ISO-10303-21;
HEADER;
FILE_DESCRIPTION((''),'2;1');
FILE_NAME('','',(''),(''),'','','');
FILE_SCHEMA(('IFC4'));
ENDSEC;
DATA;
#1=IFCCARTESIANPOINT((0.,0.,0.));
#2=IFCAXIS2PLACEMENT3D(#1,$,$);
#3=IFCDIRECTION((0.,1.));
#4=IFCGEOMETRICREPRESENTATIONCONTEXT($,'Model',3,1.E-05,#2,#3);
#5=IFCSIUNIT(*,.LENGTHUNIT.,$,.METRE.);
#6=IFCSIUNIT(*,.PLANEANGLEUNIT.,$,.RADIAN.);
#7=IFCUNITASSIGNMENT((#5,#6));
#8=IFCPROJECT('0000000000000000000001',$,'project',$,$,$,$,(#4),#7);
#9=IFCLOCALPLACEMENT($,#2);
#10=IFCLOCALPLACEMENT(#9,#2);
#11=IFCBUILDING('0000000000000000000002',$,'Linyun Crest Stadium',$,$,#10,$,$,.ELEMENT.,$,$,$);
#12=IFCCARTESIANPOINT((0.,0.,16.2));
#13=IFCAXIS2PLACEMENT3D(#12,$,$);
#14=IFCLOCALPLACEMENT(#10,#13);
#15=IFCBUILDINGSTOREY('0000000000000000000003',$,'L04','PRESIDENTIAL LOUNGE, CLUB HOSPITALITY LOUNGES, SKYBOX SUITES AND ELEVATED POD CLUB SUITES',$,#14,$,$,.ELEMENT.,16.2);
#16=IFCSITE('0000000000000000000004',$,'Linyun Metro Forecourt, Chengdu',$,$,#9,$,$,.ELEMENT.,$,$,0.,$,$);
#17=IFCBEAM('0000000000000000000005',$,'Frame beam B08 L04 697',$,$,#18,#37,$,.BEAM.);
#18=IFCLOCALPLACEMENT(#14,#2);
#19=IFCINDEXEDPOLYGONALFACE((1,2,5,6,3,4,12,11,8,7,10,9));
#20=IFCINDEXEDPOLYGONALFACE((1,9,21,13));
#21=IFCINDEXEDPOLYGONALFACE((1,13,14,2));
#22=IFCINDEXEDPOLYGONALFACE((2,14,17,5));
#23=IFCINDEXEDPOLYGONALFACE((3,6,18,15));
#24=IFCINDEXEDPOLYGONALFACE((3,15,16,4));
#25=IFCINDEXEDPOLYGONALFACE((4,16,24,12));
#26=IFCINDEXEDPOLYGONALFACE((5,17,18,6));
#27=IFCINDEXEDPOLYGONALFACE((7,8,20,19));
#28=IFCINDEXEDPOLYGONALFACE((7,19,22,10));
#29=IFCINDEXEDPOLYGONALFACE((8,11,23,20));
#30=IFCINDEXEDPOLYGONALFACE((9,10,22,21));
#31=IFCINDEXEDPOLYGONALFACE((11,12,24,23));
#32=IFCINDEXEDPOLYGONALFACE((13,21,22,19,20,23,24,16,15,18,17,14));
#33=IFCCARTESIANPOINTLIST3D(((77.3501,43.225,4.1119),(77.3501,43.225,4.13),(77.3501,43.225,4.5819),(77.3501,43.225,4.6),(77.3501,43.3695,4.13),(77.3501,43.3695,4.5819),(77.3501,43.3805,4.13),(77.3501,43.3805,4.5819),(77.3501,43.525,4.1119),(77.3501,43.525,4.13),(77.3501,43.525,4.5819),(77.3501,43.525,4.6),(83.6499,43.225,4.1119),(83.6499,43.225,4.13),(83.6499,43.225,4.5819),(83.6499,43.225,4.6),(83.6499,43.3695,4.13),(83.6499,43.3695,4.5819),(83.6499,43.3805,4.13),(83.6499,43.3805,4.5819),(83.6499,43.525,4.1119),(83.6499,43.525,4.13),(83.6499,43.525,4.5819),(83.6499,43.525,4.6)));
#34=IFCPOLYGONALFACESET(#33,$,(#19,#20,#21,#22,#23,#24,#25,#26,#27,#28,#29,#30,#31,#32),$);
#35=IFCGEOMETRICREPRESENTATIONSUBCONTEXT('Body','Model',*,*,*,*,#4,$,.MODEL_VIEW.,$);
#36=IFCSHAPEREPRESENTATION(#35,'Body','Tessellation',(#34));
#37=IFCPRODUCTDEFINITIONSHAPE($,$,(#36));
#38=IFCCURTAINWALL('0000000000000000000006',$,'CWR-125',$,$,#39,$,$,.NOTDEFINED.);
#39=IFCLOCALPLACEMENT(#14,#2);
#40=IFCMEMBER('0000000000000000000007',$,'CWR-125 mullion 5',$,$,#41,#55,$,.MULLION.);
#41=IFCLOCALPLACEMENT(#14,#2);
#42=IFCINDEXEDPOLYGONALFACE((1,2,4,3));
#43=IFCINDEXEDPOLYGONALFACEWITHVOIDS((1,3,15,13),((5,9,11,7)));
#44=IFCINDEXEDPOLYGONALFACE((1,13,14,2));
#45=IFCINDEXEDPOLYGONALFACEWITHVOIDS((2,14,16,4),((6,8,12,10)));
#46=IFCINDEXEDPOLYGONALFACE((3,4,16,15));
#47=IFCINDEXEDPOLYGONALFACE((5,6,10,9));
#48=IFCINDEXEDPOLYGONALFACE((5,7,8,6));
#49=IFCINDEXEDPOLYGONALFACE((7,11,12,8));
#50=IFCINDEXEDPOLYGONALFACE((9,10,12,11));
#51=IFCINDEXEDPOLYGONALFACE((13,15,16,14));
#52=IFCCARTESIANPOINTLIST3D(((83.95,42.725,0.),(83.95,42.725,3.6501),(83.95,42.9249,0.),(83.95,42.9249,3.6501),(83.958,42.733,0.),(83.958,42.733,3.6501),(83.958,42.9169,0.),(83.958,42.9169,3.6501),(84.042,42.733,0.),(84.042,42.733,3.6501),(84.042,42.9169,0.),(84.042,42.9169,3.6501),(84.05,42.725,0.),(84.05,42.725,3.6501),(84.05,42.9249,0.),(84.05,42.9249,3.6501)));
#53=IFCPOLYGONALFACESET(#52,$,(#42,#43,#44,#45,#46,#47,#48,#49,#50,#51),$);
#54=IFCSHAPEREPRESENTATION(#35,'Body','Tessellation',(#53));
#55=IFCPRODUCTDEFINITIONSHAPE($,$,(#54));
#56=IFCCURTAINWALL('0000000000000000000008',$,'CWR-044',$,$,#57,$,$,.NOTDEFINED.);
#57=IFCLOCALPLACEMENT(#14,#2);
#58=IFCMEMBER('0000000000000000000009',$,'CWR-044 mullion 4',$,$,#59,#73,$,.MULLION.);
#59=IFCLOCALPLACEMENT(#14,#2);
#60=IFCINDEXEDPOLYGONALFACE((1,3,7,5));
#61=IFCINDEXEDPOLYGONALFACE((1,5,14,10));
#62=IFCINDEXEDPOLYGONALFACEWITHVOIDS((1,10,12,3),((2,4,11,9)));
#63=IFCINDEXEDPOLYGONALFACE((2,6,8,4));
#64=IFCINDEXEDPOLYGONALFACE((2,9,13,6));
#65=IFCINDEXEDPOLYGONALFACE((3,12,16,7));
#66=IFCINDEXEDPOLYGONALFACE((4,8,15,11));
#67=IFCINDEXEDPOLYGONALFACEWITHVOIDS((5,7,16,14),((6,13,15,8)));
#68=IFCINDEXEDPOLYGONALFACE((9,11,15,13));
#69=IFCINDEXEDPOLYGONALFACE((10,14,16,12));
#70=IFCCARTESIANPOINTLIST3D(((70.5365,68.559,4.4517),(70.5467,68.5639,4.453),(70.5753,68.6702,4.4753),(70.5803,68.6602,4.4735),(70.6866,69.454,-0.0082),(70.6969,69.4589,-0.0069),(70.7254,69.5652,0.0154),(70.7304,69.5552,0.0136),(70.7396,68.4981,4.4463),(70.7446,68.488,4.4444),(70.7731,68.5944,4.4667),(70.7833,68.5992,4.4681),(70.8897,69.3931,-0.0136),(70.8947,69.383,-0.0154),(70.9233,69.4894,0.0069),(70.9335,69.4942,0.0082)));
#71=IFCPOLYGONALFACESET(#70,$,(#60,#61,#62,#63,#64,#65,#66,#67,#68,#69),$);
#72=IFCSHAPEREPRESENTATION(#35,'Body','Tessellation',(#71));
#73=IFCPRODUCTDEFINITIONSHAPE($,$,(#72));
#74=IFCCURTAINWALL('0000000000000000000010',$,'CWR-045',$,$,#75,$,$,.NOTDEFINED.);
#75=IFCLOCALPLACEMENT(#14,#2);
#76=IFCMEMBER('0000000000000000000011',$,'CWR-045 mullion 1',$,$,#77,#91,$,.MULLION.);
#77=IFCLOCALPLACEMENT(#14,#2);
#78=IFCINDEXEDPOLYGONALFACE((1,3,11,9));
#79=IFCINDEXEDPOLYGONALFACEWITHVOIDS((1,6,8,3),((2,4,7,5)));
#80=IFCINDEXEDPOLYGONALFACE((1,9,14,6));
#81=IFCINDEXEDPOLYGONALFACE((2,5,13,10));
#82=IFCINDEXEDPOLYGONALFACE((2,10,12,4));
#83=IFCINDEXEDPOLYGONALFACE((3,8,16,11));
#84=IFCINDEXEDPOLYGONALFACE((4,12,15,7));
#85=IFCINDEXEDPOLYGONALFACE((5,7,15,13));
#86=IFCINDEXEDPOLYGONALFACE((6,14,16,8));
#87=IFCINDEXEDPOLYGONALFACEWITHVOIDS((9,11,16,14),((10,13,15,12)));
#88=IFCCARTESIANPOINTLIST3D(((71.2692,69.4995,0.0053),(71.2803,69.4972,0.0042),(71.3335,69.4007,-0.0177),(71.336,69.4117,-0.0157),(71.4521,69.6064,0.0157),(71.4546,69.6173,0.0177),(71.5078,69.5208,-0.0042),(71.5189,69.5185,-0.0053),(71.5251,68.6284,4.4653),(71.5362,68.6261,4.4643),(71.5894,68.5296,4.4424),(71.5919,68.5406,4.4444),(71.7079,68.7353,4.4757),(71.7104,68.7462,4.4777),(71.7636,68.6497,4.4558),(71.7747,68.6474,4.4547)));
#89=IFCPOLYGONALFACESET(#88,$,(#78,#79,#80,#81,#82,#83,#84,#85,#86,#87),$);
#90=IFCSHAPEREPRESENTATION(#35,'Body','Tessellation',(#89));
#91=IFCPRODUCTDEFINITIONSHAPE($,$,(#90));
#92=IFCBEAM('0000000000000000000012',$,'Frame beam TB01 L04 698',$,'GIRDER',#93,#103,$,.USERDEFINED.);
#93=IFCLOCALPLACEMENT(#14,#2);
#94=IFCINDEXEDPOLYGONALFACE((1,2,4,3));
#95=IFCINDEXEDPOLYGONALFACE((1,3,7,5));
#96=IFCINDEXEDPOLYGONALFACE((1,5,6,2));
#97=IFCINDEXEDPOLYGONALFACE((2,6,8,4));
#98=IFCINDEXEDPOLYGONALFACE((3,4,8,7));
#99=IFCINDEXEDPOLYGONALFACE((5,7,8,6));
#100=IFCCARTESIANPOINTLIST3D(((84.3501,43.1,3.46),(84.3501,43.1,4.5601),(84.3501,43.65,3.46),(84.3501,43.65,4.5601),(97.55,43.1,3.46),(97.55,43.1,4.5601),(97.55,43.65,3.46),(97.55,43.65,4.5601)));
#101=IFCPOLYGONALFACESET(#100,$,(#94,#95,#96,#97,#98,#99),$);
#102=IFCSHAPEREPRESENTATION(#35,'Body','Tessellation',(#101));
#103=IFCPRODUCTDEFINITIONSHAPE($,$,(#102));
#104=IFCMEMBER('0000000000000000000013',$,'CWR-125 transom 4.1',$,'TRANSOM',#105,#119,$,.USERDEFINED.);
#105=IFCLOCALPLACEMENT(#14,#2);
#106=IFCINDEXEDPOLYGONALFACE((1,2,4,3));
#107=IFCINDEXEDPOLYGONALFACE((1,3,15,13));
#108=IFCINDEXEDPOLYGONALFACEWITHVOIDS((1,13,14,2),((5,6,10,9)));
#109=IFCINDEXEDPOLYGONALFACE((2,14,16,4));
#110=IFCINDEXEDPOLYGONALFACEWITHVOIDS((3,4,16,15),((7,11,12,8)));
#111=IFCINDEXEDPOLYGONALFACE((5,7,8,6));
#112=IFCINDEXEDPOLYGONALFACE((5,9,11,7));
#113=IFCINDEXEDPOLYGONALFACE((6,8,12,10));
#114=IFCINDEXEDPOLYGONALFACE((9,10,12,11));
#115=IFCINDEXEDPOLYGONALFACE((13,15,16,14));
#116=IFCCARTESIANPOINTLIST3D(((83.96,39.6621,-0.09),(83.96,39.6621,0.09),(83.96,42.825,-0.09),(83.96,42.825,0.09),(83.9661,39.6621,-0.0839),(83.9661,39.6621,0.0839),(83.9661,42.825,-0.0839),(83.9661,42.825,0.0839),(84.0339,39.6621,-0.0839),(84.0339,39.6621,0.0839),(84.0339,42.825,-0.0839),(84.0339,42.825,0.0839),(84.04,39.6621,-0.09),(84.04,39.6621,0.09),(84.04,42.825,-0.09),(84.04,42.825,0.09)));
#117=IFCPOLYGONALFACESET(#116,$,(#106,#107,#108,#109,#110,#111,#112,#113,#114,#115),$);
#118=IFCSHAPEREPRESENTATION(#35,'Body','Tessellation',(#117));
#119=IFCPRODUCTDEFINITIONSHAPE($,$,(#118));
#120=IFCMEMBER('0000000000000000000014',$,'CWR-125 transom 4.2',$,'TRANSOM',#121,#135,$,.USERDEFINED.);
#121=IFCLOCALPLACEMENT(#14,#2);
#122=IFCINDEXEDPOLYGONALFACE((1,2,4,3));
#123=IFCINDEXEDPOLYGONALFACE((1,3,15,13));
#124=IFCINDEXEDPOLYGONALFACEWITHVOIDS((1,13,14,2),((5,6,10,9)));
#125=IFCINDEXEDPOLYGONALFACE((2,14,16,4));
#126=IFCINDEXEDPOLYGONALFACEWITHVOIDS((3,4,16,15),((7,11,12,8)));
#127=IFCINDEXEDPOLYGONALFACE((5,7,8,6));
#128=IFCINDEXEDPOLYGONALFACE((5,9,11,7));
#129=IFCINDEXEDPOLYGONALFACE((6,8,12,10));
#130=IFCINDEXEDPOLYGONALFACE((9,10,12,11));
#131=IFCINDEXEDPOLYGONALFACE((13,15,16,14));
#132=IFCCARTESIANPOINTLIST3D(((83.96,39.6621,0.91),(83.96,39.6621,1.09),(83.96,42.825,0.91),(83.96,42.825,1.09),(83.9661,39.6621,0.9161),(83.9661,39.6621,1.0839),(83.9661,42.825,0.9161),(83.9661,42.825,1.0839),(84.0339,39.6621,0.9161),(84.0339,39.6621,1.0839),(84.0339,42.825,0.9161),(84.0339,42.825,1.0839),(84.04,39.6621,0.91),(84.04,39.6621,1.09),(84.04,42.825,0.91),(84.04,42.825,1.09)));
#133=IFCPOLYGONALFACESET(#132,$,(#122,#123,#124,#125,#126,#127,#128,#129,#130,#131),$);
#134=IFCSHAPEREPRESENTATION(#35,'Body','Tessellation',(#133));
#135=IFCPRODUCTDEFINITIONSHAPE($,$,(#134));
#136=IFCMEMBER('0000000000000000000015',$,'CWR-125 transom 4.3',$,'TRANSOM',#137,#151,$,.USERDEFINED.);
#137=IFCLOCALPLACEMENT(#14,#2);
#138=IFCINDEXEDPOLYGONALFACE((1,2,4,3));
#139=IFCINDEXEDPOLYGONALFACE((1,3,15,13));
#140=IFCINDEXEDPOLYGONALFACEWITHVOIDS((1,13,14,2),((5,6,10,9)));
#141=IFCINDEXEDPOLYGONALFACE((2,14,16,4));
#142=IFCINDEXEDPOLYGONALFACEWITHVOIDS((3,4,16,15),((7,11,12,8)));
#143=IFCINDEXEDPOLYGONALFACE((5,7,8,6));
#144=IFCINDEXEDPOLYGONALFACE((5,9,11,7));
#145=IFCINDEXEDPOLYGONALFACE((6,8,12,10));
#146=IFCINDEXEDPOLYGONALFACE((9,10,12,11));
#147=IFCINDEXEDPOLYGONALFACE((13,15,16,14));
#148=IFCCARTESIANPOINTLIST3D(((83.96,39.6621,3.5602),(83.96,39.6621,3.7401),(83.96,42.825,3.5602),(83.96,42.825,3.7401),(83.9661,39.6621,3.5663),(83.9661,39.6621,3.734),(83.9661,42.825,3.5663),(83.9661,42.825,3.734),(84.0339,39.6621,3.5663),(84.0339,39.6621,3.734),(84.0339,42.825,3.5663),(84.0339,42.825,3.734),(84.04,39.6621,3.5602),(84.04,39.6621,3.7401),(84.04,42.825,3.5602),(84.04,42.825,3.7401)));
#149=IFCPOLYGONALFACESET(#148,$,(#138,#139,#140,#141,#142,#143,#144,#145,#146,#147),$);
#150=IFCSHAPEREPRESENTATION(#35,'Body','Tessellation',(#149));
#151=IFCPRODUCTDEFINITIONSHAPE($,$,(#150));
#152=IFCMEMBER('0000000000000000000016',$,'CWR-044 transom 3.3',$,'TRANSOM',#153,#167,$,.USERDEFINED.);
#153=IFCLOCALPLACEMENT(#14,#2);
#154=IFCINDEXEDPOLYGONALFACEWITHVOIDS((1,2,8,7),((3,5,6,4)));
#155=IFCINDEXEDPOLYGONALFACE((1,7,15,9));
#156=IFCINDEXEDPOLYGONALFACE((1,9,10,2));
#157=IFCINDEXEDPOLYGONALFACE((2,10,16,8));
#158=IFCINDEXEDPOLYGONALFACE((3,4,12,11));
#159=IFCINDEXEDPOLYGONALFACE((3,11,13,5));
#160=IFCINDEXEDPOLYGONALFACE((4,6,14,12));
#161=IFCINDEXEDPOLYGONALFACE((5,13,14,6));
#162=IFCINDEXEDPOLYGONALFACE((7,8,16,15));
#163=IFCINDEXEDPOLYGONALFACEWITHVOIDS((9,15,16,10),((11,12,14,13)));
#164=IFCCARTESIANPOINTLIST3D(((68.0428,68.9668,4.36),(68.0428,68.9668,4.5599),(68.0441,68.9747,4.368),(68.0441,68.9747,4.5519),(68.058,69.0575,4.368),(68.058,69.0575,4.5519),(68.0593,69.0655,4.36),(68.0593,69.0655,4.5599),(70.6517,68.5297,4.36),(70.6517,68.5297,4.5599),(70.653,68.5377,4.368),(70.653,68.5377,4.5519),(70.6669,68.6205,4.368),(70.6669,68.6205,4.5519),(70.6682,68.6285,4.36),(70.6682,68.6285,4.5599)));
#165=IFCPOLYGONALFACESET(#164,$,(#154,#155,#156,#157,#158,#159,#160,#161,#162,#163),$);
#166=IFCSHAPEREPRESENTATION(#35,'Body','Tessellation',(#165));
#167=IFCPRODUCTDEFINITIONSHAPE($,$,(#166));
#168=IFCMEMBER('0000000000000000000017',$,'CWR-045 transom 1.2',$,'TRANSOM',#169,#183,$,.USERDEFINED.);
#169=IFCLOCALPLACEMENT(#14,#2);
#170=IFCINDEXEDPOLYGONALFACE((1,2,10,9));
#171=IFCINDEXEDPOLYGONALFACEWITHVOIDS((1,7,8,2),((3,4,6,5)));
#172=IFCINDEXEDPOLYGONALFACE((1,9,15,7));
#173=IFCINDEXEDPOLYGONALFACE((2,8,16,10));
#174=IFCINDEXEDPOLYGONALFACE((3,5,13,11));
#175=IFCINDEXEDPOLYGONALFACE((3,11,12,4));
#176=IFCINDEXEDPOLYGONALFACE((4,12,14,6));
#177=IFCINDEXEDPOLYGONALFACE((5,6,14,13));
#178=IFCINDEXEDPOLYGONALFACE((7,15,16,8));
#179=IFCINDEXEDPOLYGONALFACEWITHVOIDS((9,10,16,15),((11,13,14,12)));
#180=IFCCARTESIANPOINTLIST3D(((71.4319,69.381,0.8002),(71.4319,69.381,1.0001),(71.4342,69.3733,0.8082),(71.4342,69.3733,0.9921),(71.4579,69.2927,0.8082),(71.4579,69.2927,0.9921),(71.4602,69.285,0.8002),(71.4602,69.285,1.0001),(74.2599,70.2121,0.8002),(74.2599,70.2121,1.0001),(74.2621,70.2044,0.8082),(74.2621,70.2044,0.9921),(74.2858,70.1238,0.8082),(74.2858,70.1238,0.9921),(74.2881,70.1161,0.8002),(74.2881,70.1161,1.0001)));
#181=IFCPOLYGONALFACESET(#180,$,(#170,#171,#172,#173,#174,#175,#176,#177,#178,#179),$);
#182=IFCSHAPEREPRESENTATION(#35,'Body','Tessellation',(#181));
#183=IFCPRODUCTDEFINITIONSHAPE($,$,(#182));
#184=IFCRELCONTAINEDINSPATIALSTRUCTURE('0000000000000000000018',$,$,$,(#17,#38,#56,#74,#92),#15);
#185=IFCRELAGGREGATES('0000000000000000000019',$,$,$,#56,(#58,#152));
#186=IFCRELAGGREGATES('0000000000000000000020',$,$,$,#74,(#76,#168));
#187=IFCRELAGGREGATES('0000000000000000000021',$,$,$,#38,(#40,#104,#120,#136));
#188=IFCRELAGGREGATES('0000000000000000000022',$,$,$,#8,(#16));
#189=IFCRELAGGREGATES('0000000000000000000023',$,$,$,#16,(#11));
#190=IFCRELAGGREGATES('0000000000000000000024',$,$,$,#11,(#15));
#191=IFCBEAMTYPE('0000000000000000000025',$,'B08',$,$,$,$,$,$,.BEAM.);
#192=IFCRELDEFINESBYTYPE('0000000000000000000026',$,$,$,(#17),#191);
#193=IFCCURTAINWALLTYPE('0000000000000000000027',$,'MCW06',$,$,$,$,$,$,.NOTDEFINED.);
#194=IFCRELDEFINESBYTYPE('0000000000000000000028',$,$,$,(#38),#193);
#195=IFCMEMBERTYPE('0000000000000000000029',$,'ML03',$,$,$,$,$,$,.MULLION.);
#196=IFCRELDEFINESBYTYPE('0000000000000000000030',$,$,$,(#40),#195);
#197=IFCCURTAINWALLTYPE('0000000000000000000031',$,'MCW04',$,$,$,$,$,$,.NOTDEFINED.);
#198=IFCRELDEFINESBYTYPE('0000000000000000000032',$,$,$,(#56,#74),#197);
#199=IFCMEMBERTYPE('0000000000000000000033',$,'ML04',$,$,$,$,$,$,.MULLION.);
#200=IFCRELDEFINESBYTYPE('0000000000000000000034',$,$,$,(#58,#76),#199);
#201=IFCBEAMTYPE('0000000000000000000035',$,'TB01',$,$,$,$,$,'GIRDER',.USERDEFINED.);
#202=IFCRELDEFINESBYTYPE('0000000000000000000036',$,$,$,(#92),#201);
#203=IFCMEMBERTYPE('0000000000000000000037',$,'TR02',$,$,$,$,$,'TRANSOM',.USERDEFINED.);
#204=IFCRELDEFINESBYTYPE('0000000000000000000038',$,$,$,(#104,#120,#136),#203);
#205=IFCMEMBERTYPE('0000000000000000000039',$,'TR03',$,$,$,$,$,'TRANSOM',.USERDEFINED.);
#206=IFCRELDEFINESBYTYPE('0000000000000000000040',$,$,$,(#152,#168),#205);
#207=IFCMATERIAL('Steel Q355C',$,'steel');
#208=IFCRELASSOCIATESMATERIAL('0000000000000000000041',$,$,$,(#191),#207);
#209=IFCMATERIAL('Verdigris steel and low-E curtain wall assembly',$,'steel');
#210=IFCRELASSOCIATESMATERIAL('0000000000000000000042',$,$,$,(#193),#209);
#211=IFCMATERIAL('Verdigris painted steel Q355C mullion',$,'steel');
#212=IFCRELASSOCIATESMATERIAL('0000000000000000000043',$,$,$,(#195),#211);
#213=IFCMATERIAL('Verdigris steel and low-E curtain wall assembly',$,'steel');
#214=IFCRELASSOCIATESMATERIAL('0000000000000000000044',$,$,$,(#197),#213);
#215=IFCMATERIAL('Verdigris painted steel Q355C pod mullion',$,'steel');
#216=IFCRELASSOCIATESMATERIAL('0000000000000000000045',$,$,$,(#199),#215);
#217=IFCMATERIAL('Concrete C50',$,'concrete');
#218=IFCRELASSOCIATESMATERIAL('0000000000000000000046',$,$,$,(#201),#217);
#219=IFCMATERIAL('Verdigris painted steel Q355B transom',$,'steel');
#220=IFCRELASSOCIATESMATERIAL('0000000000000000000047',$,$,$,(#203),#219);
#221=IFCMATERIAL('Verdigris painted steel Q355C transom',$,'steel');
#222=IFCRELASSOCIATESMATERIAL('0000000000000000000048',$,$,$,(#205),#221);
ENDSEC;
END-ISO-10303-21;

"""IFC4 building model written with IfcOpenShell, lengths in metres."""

from ifc_helpers import new_model, si_unit, direction, frame, origin, origin_2d, place, context, subcontext, project, spatial, rectangle, hollow_rectangle, i_section, extrude, material, material_profile, profile_set, type_object, element, aggregate, save


model = new_model("IFC4")

# Units and contexts
model_context = context("Model", 3, precision=1e-05, world=origin(), true_north=direction((0.0, 1.0)))
body_context = subcontext(model_context, "Body", "Model", "MODEL_VIEW")
ifc_project = project(units=[si_unit("LENGTHUNIT", "METRE"), si_unit("PLANEANGLEUNIT", "RADIAN")], contexts=[model_context])

# Site, building, storey
site_placement = place(None, origin())
site = spatial("IfcSite", under=ifc_project, at=site_placement, Name="Linyun Metro Forecourt, Chengdu", CompositionType="ELEMENT", RefElevation=0.0)
building_placement = place(site_placement, origin())
building = spatial("IfcBuilding", under=site, at=building_placement, Name="Linyun Crest Stadium", CompositionType="ELEMENT")
storey_placement = place(building_placement, frame((0.0, 0.0, 16.2)))
storey = spatial("IfcBuildingStorey", under=building, at=storey_placement, Name="L04", Description="PRESIDENTIAL LOUNGE, CLUB HOSPITALITY LOUNGES, SKYBOX SUITES AND ELEVATED POD CLUB SUITES", CompositionType="ELEMENT", Elevation=16.2)

# Beam
ifc_material_1 = material(Name="Steel Q355C", Category="steel")
ifc_material_profile_1 = material_profile(ifc_material_1, i_section(OverallWidth=0.3, OverallDepth=0.488, WebThickness=0.011, FlangeThickness=0.0181, at=origin_2d()), Name="HM 488x300")
ifc_profile_set_1 = profile_set([ifc_material_profile_1], Name="Steel Q355C")
beam_type_1 = type_object("IfcBeamType", Name="B08", PredefinedType="BEAM", material=ifc_profile_set_1)
beam_1_placement = place(storey_placement, frame((77.3501, 43.375, 4.356), z_axis=(1.0, 0.0, 0.0), x_axis=(0.0, 1.0, 0.0)))
element("IfcBeam", 1, at=beam_1_placement, inside=storey, type_object=beam_type_1, Name="Frame beam B08 L04 697", PredefinedType="BEAM", context=body_context, shape_type="SweptSolid", body=[
    extrude(i_section(OverallWidth=0.3, OverallDepth=0.488, WebThickness=0.011, FlangeThickness=0.0181, at=origin_2d()), origin(), (0.0, 0.0, 1.0), 6.2998),
])

# Curtain walls, members
ifc_material_2 = material(Name="Verdigris steel and low-E curtain wall assembly", Category="steel")
curtain_wall_type_1 = type_object("IfcCurtainWallType", Name="MCW06", PredefinedType="NOTDEFINED", material=ifc_material_2)
curtain_wall_1_placement = place(storey_placement, origin())
curtain_wall_1 = element("IfcCurtainWall", 2, at=curtain_wall_1_placement, inside=storey, type_object=curtain_wall_type_1, Name="CWR-125", PredefinedType="NOTDEFINED")
ifc_material_3 = material(Name="Verdigris painted steel Q355C mullion", Category="steel")
ifc_material_profile_2 = material_profile(ifc_material_3, hollow_rectangle(XDim=0.1001, YDim=0.2, WallThickness=0.0081, at=origin_2d()), Name="RHS 200x100x8")
ifc_profile_set_2 = profile_set([ifc_material_profile_2], Name="Verdigris painted steel Q355C mullion")
member_type_1 = type_object("IfcMemberType", Name="ML03", PredefinedType="MULLION", material=ifc_profile_set_2)
member_1_placement = place(storey_placement, frame((84.0, 42.825, 0.0), z_axis=(0.0, 0.0, 1.0), x_axis=(-1.0, 0.0, 0.0)))
member_1 = element("IfcMember", 3, at=member_1_placement, type_object=member_type_1, Name="CWR-125 mullion 5", PredefinedType="MULLION", context=body_context, shape_type="SweptSolid", body=[
    extrude(hollow_rectangle(XDim=0.1001, YDim=0.2, WallThickness=0.0081, at=origin_2d()), origin(), (0.0, 0.0, 1.0), 3.6501),
])
ifc_material_4 = material(Name="Verdigris steel and low-E curtain wall assembly", Category="steel")
curtain_wall_type_2 = type_object("IfcCurtainWallType", Name="MCW04", PredefinedType="NOTDEFINED", material=ifc_material_4)
curtain_wall_2_placement = place(storey_placement, origin())
curtain_wall_2 = element("IfcCurtainWall", 4, at=curtain_wall_2_placement, inside=storey, type_object=curtain_wall_type_2, Name="CWR-044", PredefinedType="NOTDEFINED")
ifc_material_5 = material(Name="Verdigris painted steel Q355C pod mullion", Category="steel")
ifc_material_profile_3 = material_profile(ifc_material_5, hollow_rectangle(XDim=0.1201, YDim=0.22, WallThickness=0.0081, at=origin_2d()), Name="RHS 220x120x8")
ifc_profile_set_3 = profile_set([ifc_material_profile_3], Name="Verdigris painted steel Q355C pod mullion")
member_type_2 = type_object("IfcMemberType", Name="ML04", PredefinedType="MULLION", material=ifc_profile_set_3)
member_2_placement = place(storey_placement, frame((70.8101, 69.4741, 0.0), z_axis=(-0.032989, -0.196649, 0.979919), x_axis=(0.322673, 0.925854, 0.196662)))
member_2 = element("IfcMember", 5, at=member_2_placement, type_object=member_type_2, Name="CWR-044 mullion 4", PredefinedType="MULLION", context=body_context, shape_type="SweptSolid", body=[
    extrude(hollow_rectangle(XDim=0.1201, YDim=0.22, WallThickness=0.0081, at=origin_2d()), origin(), (0.0, 0.0, 1.0), 4.5513),
])
curtain_wall_3_placement = place(storey_placement, origin())
curtain_wall_3 = element("IfcCurtainWall", 6, at=curtain_wall_3_placement, inside=storey, type_object=curtain_wall_type_2, Name="CWR-045", PredefinedType="NOTDEFINED")
member_3_placement = place(storey_placement, frame((71.394, 69.509, 0.0), z_axis=(0.056215, -0.191389, 0.979903), x_axis=(-0.535521, 0.822552, 0.191378)))
member_3 = element("IfcMember", 7, at=member_3_placement, type_object=member_type_2, Name="CWR-045 mullion 1", PredefinedType="MULLION", context=body_context, shape_type="SweptSolid", body=[
    extrude(hollow_rectangle(XDim=0.1201, YDim=0.22, WallThickness=0.0081, at=origin_2d()), origin(), (0.0, 0.0, 1.0), 4.5515),
])

# Beam
ifc_material_6 = material(Name="Concrete C50", Category="concrete")
ifc_material_profile_4 = material_profile(ifc_material_6, rectangle(XDim=0.55, YDim=1.1001, at=origin_2d()), Name="RCB 1100x550")
ifc_profile_set_4 = profile_set([ifc_material_profile_4], Name="Concrete C50")
beam_type_2 = type_object("IfcBeamType", Name="TB01", ElementType="GIRDER", PredefinedType="USERDEFINED", material=ifc_profile_set_4)
beam_2_placement = place(storey_placement, frame((84.3501, 43.375, 4.01), z_axis=(1.0, 0.0, 0.0), x_axis=(0.0, 1.0, 0.0)))
element("IfcBeam", 8, at=beam_2_placement, inside=storey, type_object=beam_type_2, Name="Frame beam TB01 L04 698", ObjectType="GIRDER", PredefinedType="USERDEFINED", context=body_context, shape_type="SweptSolid", body=[
    extrude(rectangle(XDim=0.55, YDim=1.1001, at=origin_2d()), origin(), (0.0, 0.0, 1.0), 13.2),
])

# Members
ifc_material_7 = material(Name="Verdigris painted steel Q355B transom", Category="steel")
ifc_material_profile_5 = material_profile(ifc_material_7, hollow_rectangle(XDim=0.0801, YDim=0.1799, WallThickness=0.0061, at=origin_2d()), Name="RHS 180x80x6")
ifc_profile_set_5 = profile_set([ifc_material_profile_5], Name="Verdigris painted steel Q355B transom")
member_type_3 = type_object("IfcMemberType", Name="TR02", ElementType="TRANSOM", PredefinedType="USERDEFINED", material=ifc_profile_set_5)
member_4_placement = place(storey_placement, frame((84.0, 39.6621, 0.0), z_axis=(0.0, 1.0, 0.0), x_axis=(-1.0, 0.0, 0.0)))
member_4 = element("IfcMember", 9, at=member_4_placement, type_object=member_type_3, Name="CWR-125 transom 4.1", ObjectType="TRANSOM", PredefinedType="USERDEFINED", context=body_context, shape_type="SweptSolid", body=[
    extrude(hollow_rectangle(XDim=0.0801, YDim=0.1799, WallThickness=0.0061, at=origin_2d()), origin(), (0.0, 0.0, 1.0), 3.1628),
])
member_5_placement = place(storey_placement, frame((84.0, 39.6621, 1.0), z_axis=(0.0, 1.0, 0.0), x_axis=(-1.0, 0.0, 0.0)))
member_5 = element("IfcMember", 10, at=member_5_placement, type_object=member_type_3, Name="CWR-125 transom 4.2", ObjectType="TRANSOM", PredefinedType="USERDEFINED", context=body_context, shape_type="SweptSolid", body=[
    extrude(hollow_rectangle(XDim=0.0801, YDim=0.1799, WallThickness=0.0061, at=origin_2d()), origin(), (0.0, 0.0, 1.0), 3.1628),
])
member_6_placement = place(storey_placement, frame((84.0, 39.6621, 3.6501), z_axis=(0.0, 1.0, 0.0), x_axis=(-1.0, 0.0, 0.0)))
member_6 = element("IfcMember", 11, at=member_6_placement, type_object=member_type_3, Name="CWR-125 transom 4.3", ObjectType="TRANSOM", PredefinedType="USERDEFINED", context=body_context, shape_type="SweptSolid", body=[
    extrude(hollow_rectangle(XDim=0.0801, YDim=0.1799, WallThickness=0.0061, at=origin_2d()), origin(), (0.0, 0.0, 1.0), 3.1628),
])
ifc_material_8 = material(Name="Verdigris painted steel Q355C transom", Category="steel")
ifc_material_profile_6 = material_profile(ifc_material_8, hollow_rectangle(XDim=0.1001, YDim=0.2, WallThickness=0.0081, at=origin_2d()), Name="RHS 200x100x8")
ifc_profile_set_6 = profile_set([ifc_material_profile_6], Name="Verdigris painted steel Q355C transom")
member_type_4 = type_object("IfcMemberType", Name="TR03", ElementType="TRANSOM", PredefinedType="USERDEFINED", material=ifc_profile_set_6)
member_7_placement = place(storey_placement, frame((68.051, 69.0161, 4.46), z_axis=(0.986259, -0.165207, 0.0), x_axis=(0.165207, 0.986259, 0.0)))
member_7 = element("IfcMember", 12, at=member_7_placement, type_object=member_type_4, Name="CWR-044 transom 3.3", ObjectType="TRANSOM", PredefinedType="USERDEFINED", context=body_context, shape_type="SweptSolid", body=[
    extrude(hollow_rectangle(XDim=0.1001, YDim=0.2, WallThickness=0.0081, at=origin_2d()), origin(), (0.0, 0.0, 1.0), 2.6453),
])
member_8_placement = place(storey_placement, frame((71.446, 69.333, 0.9001), z_axis=(0.959427, 0.281956, 0.0), x_axis=(-0.281956, 0.959427, 0.0)))
member_8 = element("IfcMember", 13, at=member_8_placement, type_object=member_type_4, Name="CWR-045 transom 1.2", ObjectType="TRANSOM", PredefinedType="USERDEFINED", context=body_context, shape_type="SweptSolid", body=[
    extrude(hollow_rectangle(XDim=0.1001, YDim=0.2, WallThickness=0.0081, at=origin_2d()), origin(), (0.0, 0.0, 1.0), 2.9475),
])

aggregate(curtain_wall_2, [member_2, member_7])
aggregate(curtain_wall_3, [member_3, member_8])
aggregate(curtain_wall_1, [member_1, member_4, member_5, member_6])

save(model, "model.ifc")
